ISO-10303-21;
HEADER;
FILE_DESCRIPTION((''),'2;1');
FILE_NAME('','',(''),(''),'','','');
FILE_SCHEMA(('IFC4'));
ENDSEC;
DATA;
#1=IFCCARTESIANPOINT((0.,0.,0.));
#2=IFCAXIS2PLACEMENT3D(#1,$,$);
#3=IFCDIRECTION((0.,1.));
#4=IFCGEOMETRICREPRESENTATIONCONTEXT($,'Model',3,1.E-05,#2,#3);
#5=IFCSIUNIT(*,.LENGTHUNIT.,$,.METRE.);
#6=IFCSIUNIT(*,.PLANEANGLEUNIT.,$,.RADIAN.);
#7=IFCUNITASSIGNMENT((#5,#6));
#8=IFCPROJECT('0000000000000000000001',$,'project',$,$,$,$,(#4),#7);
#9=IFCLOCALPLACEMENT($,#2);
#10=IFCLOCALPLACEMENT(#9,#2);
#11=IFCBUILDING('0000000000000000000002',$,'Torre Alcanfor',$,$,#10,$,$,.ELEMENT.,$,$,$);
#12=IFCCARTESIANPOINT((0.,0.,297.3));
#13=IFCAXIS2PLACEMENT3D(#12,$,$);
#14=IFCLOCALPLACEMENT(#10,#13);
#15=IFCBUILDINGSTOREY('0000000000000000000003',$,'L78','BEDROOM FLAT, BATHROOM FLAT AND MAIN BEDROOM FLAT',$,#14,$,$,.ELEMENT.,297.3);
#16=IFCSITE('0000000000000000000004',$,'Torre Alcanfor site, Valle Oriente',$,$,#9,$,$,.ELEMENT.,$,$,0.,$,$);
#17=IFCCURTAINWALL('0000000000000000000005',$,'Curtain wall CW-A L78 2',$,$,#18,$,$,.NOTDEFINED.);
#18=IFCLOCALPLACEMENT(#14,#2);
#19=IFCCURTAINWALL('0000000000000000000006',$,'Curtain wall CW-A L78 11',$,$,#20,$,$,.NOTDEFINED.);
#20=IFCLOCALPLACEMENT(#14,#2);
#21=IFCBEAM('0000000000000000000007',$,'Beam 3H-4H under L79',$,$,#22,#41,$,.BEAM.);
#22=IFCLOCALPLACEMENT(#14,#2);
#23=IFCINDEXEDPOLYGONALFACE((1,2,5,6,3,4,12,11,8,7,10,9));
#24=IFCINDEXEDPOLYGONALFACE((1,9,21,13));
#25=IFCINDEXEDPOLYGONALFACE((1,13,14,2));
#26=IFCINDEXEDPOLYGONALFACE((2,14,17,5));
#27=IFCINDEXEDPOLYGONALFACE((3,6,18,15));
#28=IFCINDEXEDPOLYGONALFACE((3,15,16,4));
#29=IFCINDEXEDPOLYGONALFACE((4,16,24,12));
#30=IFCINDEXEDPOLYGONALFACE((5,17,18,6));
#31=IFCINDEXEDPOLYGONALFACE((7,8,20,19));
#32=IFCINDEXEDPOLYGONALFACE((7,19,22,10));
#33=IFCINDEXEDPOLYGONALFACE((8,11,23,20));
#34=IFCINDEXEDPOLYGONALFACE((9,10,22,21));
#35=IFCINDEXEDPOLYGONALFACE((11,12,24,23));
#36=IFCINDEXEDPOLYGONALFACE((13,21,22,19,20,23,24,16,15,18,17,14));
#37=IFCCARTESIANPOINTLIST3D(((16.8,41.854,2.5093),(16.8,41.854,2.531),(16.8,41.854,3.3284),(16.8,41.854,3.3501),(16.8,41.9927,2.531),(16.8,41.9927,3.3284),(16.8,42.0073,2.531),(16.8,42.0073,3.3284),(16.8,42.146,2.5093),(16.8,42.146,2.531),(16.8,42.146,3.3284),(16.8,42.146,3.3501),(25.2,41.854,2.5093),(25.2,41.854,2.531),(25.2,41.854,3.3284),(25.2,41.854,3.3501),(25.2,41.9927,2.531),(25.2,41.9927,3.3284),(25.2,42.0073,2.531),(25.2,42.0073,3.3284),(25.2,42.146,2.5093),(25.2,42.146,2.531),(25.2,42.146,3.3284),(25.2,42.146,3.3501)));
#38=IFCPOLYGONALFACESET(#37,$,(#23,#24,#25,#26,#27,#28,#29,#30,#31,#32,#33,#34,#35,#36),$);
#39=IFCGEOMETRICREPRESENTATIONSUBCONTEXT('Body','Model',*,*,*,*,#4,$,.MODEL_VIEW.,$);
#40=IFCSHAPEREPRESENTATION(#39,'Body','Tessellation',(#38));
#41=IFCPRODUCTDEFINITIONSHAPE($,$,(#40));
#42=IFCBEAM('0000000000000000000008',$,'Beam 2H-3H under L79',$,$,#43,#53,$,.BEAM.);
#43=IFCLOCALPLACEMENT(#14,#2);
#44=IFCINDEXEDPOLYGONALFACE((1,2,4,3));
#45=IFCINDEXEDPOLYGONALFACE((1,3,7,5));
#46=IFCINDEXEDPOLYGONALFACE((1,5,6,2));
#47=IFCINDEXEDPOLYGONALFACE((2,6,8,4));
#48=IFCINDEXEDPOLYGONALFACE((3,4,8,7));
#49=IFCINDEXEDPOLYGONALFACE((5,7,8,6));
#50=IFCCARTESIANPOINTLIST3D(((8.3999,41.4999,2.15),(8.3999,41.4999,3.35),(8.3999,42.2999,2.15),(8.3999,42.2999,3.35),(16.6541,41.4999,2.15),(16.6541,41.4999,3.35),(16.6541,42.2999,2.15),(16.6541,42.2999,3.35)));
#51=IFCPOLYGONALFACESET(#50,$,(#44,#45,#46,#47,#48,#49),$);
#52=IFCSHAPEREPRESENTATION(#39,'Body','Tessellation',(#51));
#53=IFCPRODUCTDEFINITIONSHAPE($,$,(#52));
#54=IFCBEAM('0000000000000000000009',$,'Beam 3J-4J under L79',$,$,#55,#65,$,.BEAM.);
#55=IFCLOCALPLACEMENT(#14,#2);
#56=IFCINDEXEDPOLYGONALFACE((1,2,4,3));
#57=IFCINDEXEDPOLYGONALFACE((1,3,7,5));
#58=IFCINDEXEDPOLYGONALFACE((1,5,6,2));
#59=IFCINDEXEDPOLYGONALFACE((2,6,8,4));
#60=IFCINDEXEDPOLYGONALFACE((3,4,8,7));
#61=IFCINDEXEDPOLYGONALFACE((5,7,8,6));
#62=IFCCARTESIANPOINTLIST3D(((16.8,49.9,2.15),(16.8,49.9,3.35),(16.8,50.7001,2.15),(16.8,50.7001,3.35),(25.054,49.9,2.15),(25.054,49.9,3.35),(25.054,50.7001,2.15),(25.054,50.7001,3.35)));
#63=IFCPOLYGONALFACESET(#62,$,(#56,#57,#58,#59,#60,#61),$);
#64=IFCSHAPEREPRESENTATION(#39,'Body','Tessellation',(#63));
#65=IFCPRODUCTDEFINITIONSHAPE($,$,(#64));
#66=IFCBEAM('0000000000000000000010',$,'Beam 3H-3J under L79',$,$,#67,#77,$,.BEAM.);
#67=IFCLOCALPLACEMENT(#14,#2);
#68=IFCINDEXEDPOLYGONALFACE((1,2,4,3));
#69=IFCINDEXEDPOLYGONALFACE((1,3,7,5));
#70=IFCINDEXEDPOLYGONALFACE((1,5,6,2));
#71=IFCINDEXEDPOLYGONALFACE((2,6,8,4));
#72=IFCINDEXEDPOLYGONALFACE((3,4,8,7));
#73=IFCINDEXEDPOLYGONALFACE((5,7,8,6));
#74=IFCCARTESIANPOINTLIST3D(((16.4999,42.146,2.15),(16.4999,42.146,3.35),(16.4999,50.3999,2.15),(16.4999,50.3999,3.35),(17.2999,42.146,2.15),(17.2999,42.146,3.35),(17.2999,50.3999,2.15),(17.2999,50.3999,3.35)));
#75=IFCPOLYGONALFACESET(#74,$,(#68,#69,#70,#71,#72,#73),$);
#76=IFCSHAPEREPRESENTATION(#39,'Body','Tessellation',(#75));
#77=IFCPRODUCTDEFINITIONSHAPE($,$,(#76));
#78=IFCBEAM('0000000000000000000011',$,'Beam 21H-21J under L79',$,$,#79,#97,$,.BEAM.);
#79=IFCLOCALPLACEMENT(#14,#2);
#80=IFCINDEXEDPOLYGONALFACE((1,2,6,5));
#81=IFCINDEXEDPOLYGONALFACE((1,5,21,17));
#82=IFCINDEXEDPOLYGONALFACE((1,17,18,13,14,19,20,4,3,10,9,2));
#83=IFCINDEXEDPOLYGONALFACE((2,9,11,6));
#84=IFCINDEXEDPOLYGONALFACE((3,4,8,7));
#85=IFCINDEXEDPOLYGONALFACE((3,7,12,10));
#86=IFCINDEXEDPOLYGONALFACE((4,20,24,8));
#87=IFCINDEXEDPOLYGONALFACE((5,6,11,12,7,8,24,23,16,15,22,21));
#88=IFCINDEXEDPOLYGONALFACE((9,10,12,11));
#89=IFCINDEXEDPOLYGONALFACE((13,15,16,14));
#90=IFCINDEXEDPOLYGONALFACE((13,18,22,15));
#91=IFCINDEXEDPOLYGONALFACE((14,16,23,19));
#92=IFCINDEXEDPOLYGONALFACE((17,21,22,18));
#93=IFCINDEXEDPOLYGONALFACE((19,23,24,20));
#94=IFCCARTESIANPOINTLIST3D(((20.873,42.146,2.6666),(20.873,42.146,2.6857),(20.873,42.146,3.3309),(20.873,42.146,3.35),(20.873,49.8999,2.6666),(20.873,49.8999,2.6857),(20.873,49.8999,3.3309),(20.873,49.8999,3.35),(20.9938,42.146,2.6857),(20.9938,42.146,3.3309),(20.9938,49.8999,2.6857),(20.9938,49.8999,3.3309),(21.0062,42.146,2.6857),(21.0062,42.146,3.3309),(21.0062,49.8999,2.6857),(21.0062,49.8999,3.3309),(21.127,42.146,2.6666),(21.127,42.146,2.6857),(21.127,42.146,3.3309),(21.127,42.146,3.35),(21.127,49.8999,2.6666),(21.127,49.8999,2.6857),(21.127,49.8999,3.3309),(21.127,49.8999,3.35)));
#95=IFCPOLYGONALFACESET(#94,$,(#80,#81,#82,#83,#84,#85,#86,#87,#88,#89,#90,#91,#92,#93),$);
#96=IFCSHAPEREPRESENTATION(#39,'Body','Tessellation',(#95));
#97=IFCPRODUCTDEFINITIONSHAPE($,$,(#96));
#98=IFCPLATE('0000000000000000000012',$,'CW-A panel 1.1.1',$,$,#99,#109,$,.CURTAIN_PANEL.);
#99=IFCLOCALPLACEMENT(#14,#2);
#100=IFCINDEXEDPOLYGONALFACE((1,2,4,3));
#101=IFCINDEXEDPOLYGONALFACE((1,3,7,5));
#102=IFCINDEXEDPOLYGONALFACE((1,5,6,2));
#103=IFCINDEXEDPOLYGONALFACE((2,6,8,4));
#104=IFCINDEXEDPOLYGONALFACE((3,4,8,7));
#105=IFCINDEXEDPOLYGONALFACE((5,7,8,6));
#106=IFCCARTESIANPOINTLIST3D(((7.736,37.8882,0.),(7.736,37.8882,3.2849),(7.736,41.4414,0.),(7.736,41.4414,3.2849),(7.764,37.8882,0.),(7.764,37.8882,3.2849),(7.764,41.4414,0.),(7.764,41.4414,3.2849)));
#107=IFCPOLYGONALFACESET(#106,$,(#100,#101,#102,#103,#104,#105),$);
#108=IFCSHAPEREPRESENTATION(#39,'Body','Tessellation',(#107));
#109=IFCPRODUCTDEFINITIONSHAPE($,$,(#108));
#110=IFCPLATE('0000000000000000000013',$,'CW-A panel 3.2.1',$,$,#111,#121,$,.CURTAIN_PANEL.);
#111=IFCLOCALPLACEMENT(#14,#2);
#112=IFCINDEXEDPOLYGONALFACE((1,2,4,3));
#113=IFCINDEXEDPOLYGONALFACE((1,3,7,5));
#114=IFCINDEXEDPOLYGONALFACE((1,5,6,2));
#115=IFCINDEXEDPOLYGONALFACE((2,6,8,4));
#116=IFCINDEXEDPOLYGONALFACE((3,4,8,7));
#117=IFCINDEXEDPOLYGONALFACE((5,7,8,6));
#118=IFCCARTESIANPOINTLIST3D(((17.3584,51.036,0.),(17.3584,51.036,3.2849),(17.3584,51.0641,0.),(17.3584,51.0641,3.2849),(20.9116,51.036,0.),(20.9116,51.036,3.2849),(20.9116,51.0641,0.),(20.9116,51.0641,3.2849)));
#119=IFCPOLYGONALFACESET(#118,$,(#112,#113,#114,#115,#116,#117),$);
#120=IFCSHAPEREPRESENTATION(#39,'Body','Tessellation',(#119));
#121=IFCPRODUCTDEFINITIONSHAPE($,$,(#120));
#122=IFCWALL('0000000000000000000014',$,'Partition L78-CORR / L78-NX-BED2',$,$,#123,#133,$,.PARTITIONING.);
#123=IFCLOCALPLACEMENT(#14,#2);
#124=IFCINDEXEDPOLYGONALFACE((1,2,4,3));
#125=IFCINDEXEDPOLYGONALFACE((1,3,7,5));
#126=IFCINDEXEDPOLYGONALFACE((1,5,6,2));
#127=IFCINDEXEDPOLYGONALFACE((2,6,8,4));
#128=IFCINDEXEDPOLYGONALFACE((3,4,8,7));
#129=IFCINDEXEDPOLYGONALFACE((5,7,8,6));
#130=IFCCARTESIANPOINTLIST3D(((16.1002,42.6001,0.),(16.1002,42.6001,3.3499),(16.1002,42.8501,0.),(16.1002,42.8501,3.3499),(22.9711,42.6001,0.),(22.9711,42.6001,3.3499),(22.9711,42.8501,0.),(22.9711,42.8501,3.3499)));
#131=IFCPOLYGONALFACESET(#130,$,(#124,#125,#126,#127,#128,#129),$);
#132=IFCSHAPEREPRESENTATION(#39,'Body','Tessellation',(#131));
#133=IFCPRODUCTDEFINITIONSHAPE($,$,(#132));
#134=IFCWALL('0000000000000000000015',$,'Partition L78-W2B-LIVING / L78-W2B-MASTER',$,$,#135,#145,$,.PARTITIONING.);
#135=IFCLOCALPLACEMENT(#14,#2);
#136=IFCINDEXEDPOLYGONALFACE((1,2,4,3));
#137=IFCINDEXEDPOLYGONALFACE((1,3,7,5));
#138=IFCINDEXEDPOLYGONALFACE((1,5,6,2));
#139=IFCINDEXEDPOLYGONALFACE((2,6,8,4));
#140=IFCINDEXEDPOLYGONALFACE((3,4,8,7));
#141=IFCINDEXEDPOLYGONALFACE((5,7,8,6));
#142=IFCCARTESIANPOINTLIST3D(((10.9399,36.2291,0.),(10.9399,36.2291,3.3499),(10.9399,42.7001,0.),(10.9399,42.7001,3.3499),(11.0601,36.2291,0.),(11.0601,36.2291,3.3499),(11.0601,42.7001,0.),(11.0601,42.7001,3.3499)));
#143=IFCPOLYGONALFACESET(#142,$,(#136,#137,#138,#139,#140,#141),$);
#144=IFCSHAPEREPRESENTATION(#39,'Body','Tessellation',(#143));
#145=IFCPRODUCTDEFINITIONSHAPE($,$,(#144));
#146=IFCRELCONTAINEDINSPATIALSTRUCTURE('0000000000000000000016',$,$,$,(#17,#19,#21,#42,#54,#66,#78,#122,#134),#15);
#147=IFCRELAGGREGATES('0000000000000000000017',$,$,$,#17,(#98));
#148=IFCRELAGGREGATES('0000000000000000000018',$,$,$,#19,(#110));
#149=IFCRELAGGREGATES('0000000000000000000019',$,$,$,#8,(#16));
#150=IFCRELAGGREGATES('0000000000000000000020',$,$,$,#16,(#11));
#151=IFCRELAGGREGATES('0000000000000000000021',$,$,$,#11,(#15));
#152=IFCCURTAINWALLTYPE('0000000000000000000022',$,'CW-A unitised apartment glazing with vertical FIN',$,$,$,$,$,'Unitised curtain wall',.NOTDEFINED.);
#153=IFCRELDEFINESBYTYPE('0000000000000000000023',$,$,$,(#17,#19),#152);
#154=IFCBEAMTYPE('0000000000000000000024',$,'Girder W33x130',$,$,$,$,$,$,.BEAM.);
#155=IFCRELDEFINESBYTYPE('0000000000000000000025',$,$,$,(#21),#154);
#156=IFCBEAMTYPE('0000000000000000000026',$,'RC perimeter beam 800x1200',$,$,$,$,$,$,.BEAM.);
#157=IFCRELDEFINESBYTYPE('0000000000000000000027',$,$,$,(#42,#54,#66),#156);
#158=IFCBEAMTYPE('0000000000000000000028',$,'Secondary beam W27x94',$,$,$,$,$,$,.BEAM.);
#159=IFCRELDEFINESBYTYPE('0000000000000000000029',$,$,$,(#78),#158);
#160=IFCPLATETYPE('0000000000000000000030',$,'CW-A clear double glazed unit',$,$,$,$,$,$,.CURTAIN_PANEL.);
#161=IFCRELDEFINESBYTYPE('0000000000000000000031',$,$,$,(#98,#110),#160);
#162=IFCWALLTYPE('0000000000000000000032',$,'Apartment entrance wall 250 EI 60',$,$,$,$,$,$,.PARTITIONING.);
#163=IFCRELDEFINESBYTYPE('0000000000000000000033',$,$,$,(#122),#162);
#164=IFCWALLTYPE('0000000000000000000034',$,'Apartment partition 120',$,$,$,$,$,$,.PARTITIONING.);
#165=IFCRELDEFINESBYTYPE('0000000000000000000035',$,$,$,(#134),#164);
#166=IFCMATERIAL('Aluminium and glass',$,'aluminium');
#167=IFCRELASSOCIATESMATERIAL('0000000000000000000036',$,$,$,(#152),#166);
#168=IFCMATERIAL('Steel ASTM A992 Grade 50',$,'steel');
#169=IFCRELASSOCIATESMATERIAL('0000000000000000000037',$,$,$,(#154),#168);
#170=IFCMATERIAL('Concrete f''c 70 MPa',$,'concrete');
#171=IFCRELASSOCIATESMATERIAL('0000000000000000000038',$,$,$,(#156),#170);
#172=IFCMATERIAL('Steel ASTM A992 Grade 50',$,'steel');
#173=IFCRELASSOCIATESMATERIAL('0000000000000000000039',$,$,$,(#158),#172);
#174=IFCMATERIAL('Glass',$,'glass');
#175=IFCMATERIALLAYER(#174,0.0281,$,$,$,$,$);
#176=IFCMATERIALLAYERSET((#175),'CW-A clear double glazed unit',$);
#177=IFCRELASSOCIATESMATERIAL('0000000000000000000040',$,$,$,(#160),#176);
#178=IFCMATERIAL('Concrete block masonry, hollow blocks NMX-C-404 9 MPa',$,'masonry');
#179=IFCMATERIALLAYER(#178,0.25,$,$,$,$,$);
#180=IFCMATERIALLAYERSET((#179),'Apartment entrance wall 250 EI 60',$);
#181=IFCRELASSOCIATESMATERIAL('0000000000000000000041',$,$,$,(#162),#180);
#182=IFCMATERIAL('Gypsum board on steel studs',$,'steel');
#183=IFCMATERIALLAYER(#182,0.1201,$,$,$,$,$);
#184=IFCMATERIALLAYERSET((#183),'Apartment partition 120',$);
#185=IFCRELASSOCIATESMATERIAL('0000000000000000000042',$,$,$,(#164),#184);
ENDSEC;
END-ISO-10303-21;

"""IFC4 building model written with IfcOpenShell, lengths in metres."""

from ifc_helpers import new_model, si_unit, direction, frame, frame_2d, origin, origin_2d, place, context, subcontext, project, spatial, rectangle, i_section, extrude, material, layer, layer_set, material_profile, profile_set, type_object, element, aggregate, save


model = new_model("IFC4")

# Units and contexts
model_context = context("Model", 3, precision=1e-05, world=origin(), true_north=direction((0.0, 1.0)))
body_context = subcontext(model_context, "Body", "Model", "MODEL_VIEW")
ifc_project = project(units=[si_unit("LENGTHUNIT", "METRE"), si_unit("PLANEANGLEUNIT", "RADIAN")], contexts=[model_context])

# Site, building, storey
site_placement = place(None, origin())
site = spatial("IfcSite", under=ifc_project, at=site_placement, Name="Torre Alcanfor site, Valle Oriente", CompositionType="ELEMENT", RefElevation=0.0)
building_placement = place(site_placement, origin())
building = spatial("IfcBuilding", under=site, at=building_placement, Name="Torre Alcanfor", CompositionType="ELEMENT")
storey_placement = place(building_placement, frame((0.0, 0.0, 297.3)))
storey = spatial("IfcBuildingStorey", under=building, at=storey_placement, Name="L78", Description="BEDROOM FLAT, BATHROOM FLAT AND MAIN BEDROOM FLAT", CompositionType="ELEMENT", Elevation=297.3)

# Curtain wall
ifc_material_1 = material(Name="Aluminium and glass", Category="aluminium")
curtain_wall_type = type_object("IfcCurtainWallType", Name="CW-A unitised apartment glazing with vertical FIN", ElementType="Unitised curtain wall", PredefinedType="NOTDEFINED", material=ifc_material_1)
curtain_wall_1_placement = place(storey_placement, origin())
curtain_wall_1 = element("IfcCurtainWall", 1, at=curtain_wall_1_placement, inside=storey, type_object=curtain_wall_type, Name="Curtain wall CW-A L78 2", PredefinedType="NOTDEFINED")

# Curtain wall
curtain_wall_2_placement = place(storey_placement, origin())
curtain_wall_2 = element("IfcCurtainWall", 2, at=curtain_wall_2_placement, inside=storey, type_object=curtain_wall_type, Name="Curtain wall CW-A L78 11", PredefinedType="NOTDEFINED")

# Beams
ifc_material_2 = material(Name="Steel ASTM A992 Grade 50", Category="steel")
ifc_material_profile_1 = material_profile(ifc_material_2, i_section(OverallWidth=0.292, OverallDepth=0.8408, WebThickness=0.0146, FlangeThickness=0.0217, at=origin_2d()), Name="W33x130")
ifc_profile_set_1 = profile_set([ifc_material_profile_1], Name="Steel ASTM A992 Grade 50")
beam_type_1 = type_object("IfcBeamType", Name="Girder W33x130", PredefinedType="BEAM", material=ifc_profile_set_1)
beam_1_placement = place(storey_placement, frame((16.8, 42.0, 2.9297), z_axis=(1.0, 0.0, 0.0), x_axis=(0.0, 1.0, 0.0)))
element("IfcBeam", 3, at=beam_1_placement, inside=storey, type_object=beam_type_1, Name="Beam 3H-4H under L79", PredefinedType="BEAM", context=body_context, shape_type="SweptSolid", body=[
    extrude(i_section(OverallWidth=0.292, OverallDepth=0.8408, WebThickness=0.0146, FlangeThickness=0.0217, at=origin_2d()), origin(), (0.0, 0.0, 1.0), 8.3999),
])
ifc_material_3 = material(Name="Concrete f'c 70 MPa", Category="concrete")
ifc_material_profile_2 = material_profile(ifc_material_3, rectangle(XDim=0.8, YDim=1.2, at=origin_2d()), Name="800x1200")
ifc_profile_set_2 = profile_set([ifc_material_profile_2], Name="Concrete f'c 70 MPa")
beam_type_2 = type_object("IfcBeamType", Name="RC perimeter beam 800x1200", PredefinedType="BEAM", material=ifc_profile_set_2)
beam_2_placement = place(storey_placement, frame((8.3999, 41.8999, 2.75), z_axis=(1.0, 0.0, 0.0), x_axis=(0.0, 1.0, 0.0)))
element("IfcBeam", 4, at=beam_2_placement, inside=storey, type_object=beam_type_2, Name="Beam 2H-3H under L79", PredefinedType="BEAM", context=body_context, shape_type="SweptSolid", body=[
    extrude(rectangle(XDim=0.8, YDim=1.2, at=origin_2d()), origin(), (0.0, 0.0, 1.0), 8.2542),
])
for number, where, z_axis, x_axis, name in (
    (5, (16.8, 50.3, 2.75), (1.0, 0.0, 0.0), (0.0, 1.0, 0.0), "Beam 3J-4J under L79"),
    (6, (16.8999, 42.146, 2.75), (0.0, 1.0, 0.0), (-1.0, 0.0, 0.0), "Beam 3H-3J under L79"),
):
    element("IfcBeam", number, at=place(storey_placement, frame(where, z_axis=z_axis, x_axis=x_axis)), inside=storey, type_object=beam_type_2, Name=name, PredefinedType="BEAM", context=body_context, shape_type="SweptSolid", body=[
        extrude(rectangle(XDim=0.8, YDim=1.2, at=origin_2d()), origin(), (0.0, 0.0, 1.0), 8.2539),
    ])
ifc_material_4 = material(Name="Steel ASTM A992 Grade 50", Category="steel")
ifc_material_profile_3 = material_profile(ifc_material_4, i_section(OverallWidth=0.2539, OverallDepth=0.6833, WebThickness=0.0125, FlangeThickness=0.019, at=origin_2d()), Name="W27x94")
ifc_profile_set_3 = profile_set([ifc_material_profile_3], Name="Steel ASTM A992 Grade 50")
beam_type_3 = type_object("IfcBeamType", Name="Secondary beam W27x94", PredefinedType="BEAM", material=ifc_profile_set_3)
beam_3_placement = place(storey_placement, frame((21.0, 42.146, 3.0083), z_axis=(0.0, 1.0, 0.0), x_axis=(-1.0, 0.0, 0.0)))
element("IfcBeam", 7, at=beam_3_placement, inside=storey, type_object=beam_type_3, Name="Beam 21H-21J under L79", PredefinedType="BEAM", context=body_context, shape_type="SweptSolid", body=[
    extrude(i_section(OverallWidth=0.2539, OverallDepth=0.6833, WebThickness=0.0125, FlangeThickness=0.019, at=origin_2d()), origin(), (0.0, 0.0, 1.0), 7.7539),
])

# Plates
ifc_material_5 = material(Name="Glass", Category="glass")
ifc_layer_1 = layer(ifc_material_5, 0.0281)
ifc_layer_set_1 = layer_set([ifc_layer_1], Name="CW-A clear double glazed unit")
plate_type = type_object("IfcPlateType", Name="CW-A clear double glazed unit", PredefinedType="CURTAIN_PANEL", material=ifc_layer_set_1)
plate_1_placement = place(storey_placement, frame((7.75, 39.6648, 0.0), z_axis=(0.0, 0.0, 1.0), x_axis=(0.0, -1.0, 0.0)))
plate_1 = element("IfcPlate", 8, at=plate_1_placement, type_object=plate_type, Name="CW-A panel 1.1.1", PredefinedType="CURTAIN_PANEL", context=body_context, shape_type="SweptSolid", body=[
    extrude(rectangle(XDim=3.5532, YDim=0.0281, at=origin_2d()), origin(), (0.0, 0.0, 1.0), 3.2849),
])
aggregate(curtain_wall_1, [plate_1])
plate_2_placement = place(storey_placement, frame((19.135, 51.05, 0.0), z_axis=(0.0, 0.0, 1.0), x_axis=(-1.0, 0.0, 0.0)))
plate_2 = element("IfcPlate", 9, at=plate_2_placement, type_object=plate_type, Name="CW-A panel 3.2.1", PredefinedType="CURTAIN_PANEL", context=body_context, shape_type="SweptSolid", body=[
    extrude(rectangle(XDim=3.5532, YDim=0.0281, at=origin_2d()), origin(), (0.0, 0.0, 1.0), 3.2849),
])
aggregate(curtain_wall_2, [plate_2])

# Walls
ifc_material_6 = material(Name="Concrete block masonry, hollow blocks NMX-C-404 9 MPa", Category="masonry")
ifc_layer_2 = layer(ifc_material_6, 0.25)
ifc_layer_set_2 = layer_set([ifc_layer_2], Name="Apartment entrance wall 250 EI 60")
wall_type_1 = type_object("IfcWallType", Name="Apartment entrance wall 250 EI 60", PredefinedType="PARTITIONING", material=ifc_layer_set_2)
wall_1_placement = place(storey_placement, frame((16.1001, 42.7251, 0.0), z_axis=(0.0, 0.0, 1.0), x_axis=(1.0, 0.0, 0.0)))
element("IfcWall", 10, at=wall_1_placement, inside=storey, type_object=wall_type_1, Name="Partition L78-CORR / L78-NX-BED2", PredefinedType="PARTITIONING", context=body_context, shape_type="SweptSolid", body=[
    extrude(rectangle(XDim=6.8708, YDim=0.25, at=frame_2d((3.4355, 0.0))), origin(), (0.0, 0.0, 1.0), 3.3499),
])
ifc_material_7 = material(Name="Gypsum board on steel studs", Category="steel")
ifc_layer_3 = layer(ifc_material_7, 0.1201)
ifc_layer_set_3 = layer_set([ifc_layer_3], Name="Apartment partition 120")
wall_type_2 = type_object("IfcWallType", Name="Apartment partition 120", PredefinedType="PARTITIONING", material=ifc_layer_set_3)
wall_2_placement = place(storey_placement, frame((11.0, 42.7, 0.0), z_axis=(0.0, 0.0, 1.0), x_axis=(0.0, -1.0, 0.0)))
element("IfcWall", 11, at=wall_2_placement, inside=storey, type_object=wall_type_2, Name="Partition L78-W2B-LIVING / L78-W2B-MASTER", PredefinedType="PARTITIONING", context=body_context, shape_type="SweptSolid", body=[
    extrude(rectangle(XDim=6.4709, YDim=0.1201, at=frame_2d((3.2354, 0.0))), origin(), (0.0, 0.0, 1.0), 3.3499),
])

save(model, "model.ifc")
